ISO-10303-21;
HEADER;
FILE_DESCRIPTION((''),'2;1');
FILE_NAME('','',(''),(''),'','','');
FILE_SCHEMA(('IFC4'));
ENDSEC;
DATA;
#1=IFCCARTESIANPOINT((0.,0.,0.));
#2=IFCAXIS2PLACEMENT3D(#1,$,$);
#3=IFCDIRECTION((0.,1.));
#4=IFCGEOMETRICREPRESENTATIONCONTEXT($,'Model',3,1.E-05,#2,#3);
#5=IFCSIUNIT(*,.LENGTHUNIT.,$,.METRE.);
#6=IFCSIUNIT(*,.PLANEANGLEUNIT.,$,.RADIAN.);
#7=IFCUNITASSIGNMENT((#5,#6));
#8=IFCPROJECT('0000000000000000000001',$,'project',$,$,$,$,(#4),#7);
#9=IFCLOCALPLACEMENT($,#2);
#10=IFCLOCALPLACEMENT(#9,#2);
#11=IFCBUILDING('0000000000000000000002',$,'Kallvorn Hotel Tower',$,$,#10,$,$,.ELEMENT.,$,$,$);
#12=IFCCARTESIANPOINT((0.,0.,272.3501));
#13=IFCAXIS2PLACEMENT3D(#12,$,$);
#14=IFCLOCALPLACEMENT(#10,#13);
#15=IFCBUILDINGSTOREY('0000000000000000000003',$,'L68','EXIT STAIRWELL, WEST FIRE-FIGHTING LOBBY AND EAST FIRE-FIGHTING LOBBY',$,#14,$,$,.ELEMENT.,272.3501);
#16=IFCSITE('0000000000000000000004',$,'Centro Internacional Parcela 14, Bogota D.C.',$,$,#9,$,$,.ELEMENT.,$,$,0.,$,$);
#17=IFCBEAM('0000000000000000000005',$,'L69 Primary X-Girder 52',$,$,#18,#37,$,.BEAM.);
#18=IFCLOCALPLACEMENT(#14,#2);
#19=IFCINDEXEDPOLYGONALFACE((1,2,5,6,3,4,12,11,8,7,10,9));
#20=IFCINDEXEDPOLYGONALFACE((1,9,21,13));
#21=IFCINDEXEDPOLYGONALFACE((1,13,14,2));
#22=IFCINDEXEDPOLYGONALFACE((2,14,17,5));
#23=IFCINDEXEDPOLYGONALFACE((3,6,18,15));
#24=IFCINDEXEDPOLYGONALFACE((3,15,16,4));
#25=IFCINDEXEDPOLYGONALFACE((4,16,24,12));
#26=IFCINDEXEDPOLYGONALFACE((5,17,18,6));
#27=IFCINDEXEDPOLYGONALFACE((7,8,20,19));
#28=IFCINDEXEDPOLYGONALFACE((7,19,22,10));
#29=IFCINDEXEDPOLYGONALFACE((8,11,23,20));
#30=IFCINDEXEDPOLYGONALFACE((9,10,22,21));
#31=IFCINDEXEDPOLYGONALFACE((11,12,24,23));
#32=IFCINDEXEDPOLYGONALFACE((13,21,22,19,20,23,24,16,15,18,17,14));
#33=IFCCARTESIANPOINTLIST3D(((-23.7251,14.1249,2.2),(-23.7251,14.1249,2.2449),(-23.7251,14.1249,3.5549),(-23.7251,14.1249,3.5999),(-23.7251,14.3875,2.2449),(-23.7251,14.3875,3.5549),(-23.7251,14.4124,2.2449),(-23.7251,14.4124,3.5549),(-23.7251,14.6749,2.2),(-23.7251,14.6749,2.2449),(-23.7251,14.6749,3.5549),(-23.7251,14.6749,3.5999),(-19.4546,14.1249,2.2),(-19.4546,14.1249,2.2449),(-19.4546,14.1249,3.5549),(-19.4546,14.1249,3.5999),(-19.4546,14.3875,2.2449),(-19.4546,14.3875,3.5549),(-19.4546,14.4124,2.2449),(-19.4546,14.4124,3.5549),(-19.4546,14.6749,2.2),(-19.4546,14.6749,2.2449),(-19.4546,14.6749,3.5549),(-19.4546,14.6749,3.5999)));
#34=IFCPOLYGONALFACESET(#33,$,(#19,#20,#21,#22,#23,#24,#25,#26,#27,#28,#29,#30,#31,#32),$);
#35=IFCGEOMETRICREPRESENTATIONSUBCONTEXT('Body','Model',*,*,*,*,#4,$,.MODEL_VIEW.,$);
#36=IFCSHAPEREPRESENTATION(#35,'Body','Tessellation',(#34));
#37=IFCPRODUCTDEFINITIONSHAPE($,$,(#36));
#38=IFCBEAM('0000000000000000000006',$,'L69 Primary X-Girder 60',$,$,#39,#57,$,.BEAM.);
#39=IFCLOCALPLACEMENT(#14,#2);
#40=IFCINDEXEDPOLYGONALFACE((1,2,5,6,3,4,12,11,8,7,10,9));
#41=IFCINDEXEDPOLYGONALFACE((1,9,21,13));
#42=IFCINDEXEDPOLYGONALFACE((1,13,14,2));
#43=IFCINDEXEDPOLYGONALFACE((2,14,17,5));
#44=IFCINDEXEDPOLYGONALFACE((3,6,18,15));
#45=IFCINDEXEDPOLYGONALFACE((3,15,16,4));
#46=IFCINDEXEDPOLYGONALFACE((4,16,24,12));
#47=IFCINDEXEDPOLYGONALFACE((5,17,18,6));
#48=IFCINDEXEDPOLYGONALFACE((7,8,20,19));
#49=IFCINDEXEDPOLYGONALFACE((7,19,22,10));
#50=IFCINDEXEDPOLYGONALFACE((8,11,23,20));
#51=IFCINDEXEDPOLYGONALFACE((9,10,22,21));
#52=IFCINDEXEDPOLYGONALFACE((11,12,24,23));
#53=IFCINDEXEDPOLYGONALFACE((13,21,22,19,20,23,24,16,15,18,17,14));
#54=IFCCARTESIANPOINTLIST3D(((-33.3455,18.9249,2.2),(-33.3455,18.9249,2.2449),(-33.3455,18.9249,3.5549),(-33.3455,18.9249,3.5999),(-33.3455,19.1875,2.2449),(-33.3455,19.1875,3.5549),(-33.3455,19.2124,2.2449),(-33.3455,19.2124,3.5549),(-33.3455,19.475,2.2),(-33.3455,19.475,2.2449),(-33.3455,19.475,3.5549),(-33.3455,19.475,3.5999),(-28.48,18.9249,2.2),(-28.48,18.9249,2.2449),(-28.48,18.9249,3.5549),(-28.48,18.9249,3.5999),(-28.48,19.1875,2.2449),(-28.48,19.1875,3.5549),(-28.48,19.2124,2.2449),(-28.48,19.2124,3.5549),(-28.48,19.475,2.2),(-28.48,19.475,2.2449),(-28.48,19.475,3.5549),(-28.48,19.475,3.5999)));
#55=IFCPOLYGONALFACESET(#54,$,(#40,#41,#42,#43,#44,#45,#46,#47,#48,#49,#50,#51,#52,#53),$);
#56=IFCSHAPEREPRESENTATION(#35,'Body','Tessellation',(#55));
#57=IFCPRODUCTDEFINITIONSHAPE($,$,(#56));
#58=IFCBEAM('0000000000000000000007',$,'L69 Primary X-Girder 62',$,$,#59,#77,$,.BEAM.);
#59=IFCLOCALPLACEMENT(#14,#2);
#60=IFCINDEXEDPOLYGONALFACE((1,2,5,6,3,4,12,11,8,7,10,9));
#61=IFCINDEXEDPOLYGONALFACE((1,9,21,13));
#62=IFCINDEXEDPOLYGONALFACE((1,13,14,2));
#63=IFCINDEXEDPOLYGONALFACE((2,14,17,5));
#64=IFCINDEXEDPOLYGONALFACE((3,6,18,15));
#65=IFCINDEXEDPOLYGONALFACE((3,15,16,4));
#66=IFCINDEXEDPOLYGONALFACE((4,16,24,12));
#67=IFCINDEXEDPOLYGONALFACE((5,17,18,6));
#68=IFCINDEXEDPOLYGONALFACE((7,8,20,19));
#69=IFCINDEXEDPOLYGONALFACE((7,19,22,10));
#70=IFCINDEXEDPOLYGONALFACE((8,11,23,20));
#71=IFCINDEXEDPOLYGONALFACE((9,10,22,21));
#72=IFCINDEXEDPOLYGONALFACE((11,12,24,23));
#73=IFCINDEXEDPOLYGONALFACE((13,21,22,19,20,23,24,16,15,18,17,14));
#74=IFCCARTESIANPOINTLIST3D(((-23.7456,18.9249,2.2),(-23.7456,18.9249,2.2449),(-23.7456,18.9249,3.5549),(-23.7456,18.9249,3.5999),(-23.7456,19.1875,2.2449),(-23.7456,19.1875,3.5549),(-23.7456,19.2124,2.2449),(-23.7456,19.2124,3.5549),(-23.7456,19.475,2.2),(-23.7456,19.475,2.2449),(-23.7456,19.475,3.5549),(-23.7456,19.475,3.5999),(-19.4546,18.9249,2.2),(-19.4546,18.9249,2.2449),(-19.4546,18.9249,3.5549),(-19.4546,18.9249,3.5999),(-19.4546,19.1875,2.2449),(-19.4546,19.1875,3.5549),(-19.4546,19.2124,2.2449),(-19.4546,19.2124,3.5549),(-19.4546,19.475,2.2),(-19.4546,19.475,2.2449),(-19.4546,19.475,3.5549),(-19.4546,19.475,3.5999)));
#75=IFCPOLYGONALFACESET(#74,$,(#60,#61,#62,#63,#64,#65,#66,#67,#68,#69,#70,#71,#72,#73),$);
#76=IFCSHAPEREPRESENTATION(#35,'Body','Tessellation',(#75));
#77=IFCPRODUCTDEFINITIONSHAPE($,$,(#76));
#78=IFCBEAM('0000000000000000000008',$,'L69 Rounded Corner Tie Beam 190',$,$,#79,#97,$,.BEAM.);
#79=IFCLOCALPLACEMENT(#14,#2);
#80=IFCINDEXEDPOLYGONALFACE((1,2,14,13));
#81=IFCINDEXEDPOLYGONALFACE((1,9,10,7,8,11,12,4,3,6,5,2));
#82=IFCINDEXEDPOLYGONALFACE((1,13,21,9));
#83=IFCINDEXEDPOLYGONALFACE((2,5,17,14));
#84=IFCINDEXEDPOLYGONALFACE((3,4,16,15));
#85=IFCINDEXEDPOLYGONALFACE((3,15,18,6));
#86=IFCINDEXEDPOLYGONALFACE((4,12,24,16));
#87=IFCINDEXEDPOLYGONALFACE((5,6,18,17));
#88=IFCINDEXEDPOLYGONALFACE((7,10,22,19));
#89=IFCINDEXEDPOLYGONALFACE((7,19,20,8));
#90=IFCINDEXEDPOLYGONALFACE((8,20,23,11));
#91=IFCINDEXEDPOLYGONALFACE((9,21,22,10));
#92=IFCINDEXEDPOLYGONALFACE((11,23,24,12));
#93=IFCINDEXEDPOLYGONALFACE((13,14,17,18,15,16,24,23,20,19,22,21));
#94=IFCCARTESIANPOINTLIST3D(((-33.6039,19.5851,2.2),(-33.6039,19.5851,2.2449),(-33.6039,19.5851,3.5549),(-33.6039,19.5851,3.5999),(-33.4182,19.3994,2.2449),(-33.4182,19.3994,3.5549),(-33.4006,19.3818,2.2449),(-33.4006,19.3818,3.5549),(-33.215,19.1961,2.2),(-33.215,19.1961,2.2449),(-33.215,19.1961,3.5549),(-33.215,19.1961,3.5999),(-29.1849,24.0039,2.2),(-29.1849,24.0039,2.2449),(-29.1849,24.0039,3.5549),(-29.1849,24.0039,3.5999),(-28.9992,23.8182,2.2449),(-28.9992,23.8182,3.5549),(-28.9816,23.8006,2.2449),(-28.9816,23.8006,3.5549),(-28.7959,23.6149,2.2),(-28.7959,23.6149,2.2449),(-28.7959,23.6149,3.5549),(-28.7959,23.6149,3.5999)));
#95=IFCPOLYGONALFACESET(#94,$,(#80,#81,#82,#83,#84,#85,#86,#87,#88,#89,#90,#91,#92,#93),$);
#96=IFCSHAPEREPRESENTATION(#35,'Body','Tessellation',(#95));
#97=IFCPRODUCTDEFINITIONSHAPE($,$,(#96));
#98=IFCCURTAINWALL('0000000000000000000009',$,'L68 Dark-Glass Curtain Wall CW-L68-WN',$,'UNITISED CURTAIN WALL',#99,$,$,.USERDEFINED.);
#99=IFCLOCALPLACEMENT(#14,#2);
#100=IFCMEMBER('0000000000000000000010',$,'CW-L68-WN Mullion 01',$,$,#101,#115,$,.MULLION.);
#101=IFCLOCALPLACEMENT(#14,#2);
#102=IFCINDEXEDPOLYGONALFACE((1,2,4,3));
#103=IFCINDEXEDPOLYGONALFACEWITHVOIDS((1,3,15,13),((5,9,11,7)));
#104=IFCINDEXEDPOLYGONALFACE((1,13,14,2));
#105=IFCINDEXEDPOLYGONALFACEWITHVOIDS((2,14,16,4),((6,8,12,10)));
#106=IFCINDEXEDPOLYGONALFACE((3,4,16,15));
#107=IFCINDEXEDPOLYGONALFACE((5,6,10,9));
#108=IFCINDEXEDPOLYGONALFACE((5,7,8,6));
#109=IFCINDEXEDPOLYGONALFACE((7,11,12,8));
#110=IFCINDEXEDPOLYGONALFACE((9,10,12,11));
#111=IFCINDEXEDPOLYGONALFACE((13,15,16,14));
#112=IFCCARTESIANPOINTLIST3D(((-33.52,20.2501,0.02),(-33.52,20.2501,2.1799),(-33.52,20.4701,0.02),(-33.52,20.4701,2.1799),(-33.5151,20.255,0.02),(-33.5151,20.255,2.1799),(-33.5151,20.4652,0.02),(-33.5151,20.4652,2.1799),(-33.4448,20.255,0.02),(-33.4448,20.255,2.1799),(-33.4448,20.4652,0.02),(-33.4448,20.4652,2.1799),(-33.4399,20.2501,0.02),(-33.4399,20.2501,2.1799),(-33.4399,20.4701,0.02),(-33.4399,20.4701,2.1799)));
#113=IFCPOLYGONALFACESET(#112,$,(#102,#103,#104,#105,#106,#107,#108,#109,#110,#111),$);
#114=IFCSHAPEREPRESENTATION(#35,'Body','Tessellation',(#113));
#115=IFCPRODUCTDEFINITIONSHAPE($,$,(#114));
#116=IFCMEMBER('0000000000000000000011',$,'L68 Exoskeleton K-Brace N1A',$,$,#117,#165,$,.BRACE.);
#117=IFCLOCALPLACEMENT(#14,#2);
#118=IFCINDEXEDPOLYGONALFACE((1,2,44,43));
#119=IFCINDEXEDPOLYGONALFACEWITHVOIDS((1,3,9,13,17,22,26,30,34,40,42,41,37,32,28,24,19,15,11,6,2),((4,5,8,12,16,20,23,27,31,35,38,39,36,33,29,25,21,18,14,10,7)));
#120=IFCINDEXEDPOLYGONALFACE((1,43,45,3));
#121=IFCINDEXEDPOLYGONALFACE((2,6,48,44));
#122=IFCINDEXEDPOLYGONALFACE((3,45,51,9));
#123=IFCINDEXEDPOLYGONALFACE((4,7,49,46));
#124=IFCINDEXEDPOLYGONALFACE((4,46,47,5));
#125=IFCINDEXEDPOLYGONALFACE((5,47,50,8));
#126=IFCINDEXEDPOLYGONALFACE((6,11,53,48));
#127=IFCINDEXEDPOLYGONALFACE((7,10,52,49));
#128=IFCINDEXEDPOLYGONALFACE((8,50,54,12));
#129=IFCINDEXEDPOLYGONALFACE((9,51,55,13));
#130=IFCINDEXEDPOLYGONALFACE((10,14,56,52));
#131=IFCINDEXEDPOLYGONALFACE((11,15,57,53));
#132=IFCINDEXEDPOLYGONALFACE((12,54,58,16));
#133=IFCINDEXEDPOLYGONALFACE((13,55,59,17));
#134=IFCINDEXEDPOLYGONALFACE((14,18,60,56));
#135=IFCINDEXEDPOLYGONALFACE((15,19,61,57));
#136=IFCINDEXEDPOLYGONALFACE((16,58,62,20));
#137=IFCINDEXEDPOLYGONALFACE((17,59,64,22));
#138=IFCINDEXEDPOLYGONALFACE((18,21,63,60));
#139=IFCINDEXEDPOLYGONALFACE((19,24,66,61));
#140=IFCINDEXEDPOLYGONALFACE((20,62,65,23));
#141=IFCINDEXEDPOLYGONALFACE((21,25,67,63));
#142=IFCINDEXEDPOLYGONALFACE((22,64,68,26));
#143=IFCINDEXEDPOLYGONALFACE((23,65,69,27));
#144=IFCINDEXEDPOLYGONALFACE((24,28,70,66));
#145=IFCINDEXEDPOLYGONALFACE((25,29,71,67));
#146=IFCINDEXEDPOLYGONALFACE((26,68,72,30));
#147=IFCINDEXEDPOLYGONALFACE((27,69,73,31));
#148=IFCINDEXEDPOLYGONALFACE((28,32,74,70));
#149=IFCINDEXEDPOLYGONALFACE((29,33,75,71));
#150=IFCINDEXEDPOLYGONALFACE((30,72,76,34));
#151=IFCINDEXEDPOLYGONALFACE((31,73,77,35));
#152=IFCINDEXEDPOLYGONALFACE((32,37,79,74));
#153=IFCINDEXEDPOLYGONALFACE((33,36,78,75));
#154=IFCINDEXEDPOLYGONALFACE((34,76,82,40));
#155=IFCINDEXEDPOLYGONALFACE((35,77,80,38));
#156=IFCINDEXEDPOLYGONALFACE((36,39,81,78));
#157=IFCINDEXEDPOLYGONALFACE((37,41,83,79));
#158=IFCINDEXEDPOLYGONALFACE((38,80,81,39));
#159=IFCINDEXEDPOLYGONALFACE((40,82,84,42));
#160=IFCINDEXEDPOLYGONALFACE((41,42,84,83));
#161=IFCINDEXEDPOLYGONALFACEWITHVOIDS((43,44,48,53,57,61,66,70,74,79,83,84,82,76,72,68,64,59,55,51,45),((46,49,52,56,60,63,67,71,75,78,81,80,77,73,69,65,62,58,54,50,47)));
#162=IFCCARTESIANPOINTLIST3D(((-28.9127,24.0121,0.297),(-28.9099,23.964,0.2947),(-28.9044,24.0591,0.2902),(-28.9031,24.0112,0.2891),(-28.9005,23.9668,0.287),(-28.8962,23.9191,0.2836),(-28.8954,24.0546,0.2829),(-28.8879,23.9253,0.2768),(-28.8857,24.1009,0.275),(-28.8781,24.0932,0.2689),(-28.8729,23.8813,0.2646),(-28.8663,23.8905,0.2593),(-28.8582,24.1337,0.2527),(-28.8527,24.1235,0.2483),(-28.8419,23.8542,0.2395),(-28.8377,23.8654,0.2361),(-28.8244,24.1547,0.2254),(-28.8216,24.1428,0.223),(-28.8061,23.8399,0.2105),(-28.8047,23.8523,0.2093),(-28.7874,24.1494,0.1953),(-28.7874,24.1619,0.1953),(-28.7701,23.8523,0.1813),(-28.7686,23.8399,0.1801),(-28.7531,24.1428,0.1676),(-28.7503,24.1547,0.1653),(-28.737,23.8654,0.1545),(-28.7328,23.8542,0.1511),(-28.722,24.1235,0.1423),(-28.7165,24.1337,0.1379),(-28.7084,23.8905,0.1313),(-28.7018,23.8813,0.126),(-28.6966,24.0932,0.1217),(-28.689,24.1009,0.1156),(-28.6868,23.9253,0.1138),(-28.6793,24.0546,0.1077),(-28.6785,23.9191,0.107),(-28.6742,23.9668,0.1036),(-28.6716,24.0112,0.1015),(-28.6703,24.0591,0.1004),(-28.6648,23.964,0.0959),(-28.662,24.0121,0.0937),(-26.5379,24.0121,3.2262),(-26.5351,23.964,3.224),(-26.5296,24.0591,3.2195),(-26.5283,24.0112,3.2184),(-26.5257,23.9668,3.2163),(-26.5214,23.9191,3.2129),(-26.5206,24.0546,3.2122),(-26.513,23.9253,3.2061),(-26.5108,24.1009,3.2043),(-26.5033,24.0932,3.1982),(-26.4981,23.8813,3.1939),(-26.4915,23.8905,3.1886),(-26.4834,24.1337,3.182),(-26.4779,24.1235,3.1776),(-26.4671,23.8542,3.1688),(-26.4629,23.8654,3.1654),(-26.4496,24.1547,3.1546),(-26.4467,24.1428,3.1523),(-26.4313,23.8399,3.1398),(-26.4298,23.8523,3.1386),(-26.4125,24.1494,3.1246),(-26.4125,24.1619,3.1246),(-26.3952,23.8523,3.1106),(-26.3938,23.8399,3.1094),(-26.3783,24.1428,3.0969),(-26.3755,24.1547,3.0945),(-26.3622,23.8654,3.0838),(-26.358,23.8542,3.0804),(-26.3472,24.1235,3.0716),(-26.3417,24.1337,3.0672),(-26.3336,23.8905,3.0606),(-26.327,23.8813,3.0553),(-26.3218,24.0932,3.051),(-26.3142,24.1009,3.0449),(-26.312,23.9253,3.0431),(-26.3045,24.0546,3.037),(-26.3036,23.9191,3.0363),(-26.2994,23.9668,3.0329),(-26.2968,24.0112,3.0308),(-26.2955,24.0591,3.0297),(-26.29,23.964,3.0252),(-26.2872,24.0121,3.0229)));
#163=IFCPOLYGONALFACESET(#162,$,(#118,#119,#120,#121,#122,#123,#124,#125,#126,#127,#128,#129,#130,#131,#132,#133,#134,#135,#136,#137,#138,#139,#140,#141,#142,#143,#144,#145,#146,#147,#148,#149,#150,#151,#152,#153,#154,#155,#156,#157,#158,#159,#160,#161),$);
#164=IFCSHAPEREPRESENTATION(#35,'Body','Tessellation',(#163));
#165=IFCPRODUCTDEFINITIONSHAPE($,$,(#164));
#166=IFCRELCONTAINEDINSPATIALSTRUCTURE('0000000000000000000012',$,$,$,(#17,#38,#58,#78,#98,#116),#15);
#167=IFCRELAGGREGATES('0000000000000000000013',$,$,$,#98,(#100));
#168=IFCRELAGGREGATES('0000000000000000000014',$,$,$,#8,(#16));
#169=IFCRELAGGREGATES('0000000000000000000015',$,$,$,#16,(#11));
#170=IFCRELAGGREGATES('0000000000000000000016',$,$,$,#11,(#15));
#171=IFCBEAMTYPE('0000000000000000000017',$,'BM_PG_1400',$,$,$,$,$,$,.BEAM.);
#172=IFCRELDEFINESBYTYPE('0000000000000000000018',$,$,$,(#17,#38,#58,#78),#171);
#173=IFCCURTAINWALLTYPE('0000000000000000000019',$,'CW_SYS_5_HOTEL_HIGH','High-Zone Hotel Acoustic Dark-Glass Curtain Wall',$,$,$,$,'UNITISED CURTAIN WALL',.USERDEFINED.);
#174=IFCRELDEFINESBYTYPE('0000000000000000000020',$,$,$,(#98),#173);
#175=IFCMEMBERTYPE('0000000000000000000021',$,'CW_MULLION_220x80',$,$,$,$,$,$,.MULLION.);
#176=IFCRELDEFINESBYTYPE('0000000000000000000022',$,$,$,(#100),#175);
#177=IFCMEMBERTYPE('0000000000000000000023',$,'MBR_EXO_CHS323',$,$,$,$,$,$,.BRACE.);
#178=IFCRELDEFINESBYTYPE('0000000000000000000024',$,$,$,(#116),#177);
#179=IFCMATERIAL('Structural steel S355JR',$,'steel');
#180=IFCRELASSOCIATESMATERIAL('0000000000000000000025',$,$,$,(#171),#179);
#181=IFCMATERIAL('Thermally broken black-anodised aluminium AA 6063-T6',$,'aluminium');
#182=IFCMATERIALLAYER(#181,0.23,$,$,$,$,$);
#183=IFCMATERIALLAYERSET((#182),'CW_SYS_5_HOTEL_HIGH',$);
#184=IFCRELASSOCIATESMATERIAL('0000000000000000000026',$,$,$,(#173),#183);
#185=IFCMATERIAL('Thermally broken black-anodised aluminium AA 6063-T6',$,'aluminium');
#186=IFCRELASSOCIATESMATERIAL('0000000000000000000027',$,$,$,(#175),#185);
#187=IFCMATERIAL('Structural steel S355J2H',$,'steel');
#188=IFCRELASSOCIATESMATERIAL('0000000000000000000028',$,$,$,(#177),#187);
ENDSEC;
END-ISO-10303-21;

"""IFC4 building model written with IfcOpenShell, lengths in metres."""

from ifc_helpers import new_model, si_unit, direction, frame, origin, origin_2d, place, context, subcontext, project, spatial, hollow_rectangle, hollow_circle, i_section, extrude, material, layer, layer_set, material_profile, profile_set, type_object, element, aggregate, save


model = new_model("IFC4")

# Units and contexts
model_context = context("Model", 3, precision=1e-05, world=origin(), true_north=direction((0.0, 1.0)))
body_context = subcontext(model_context, "Body", "Model", "MODEL_VIEW")
ifc_project = project(units=[si_unit("LENGTHUNIT", "METRE"), si_unit("PLANEANGLEUNIT", "RADIAN")], contexts=[model_context])

# Site, building, storey
site_placement = place(None, origin())
site = spatial("IfcSite", under=ifc_project, at=site_placement, Name="Centro Internacional Parcela 14, Bogota D.C.", CompositionType="ELEMENT", RefElevation=0.0)
building_placement = place(site_placement, origin())
building = spatial("IfcBuilding", under=site, at=building_placement, Name="Kallvorn Hotel Tower", CompositionType="ELEMENT")
storey_placement = place(building_placement, frame((0.0, 0.0, 272.3501)))
storey = spatial("IfcBuildingStorey", under=building, at=storey_placement, Name="L68", Description="EXIT STAIRWELL, WEST FIRE-FIGHTING LOBBY AND EAST FIRE-FIGHTING LOBBY", CompositionType="ELEMENT", Elevation=272.3501)

# Beams
ifc_material_1 = material(Name="Structural steel S355JR", Category="steel")
ifc_material_profile_1 = material_profile(ifc_material_1, i_section(OverallWidth=0.55, OverallDepth=1.3999, WebThickness=0.0249, FlangeThickness=0.0449, at=origin_2d()), Name="PG 1400x550x25x45")
ifc_profile_set_1 = profile_set([ifc_material_profile_1], Name="Structural steel S355JR")
beam_type_1 = type_object("IfcBeamType", Name="BM_PG_1400", PredefinedType="BEAM", material=ifc_profile_set_1)
for number, where, z_axis, x_axis, name in (
    (1, (-23.7251, 14.3999, 2.8999), (1.0, 0.0, 0.0), (0.0, 1.0, 0.0), "L69 Primary X-Girder 52"),
):
    element("IfcBeam", number, at=place(storey_placement, frame(where, z_axis=z_axis, x_axis=x_axis)), inside=storey, type_object=beam_type_1, Name=name, PredefinedType="BEAM", context=body_context, shape_type="SweptSolid", body=[
        extrude(i_section(OverallWidth=0.55, OverallDepth=1.3999, WebThickness=0.0249, FlangeThickness=0.0449, at=origin_2d()), origin(), (0.0, 0.0, 1.0), 4.2705),
    ])
beam_1_placement = place(storey_placement, frame((-33.3455, 19.2, 2.8999), z_axis=(1.0, 0.0, 0.0), x_axis=(0.0, 1.0, 0.0)))
element("IfcBeam", 2, at=beam_1_placement, inside=storey, type_object=beam_type_1, Name="L69 Primary X-Girder 60", PredefinedType="BEAM", context=body_context, shape_type="SweptSolid", body=[
    extrude(i_section(OverallWidth=0.55, OverallDepth=1.3999, WebThickness=0.0249, FlangeThickness=0.0449, at=origin_2d()), origin(), (0.0, 0.0, 1.0), 4.8655),
])
beam_2_placement = place(storey_placement, frame((-23.7456, 19.2, 2.8999), z_axis=(1.0, 0.0, 0.0), x_axis=(0.0, 1.0, 0.0)))
element("IfcBeam", 3, at=beam_2_placement, inside=storey, type_object=beam_type_1, Name="L69 Primary X-Girder 62", PredefinedType="BEAM", context=body_context, shape_type="SweptSolid", body=[
    extrude(i_section(OverallWidth=0.55, OverallDepth=1.3999, WebThickness=0.0249, FlangeThickness=0.0449, at=origin_2d()), origin(), (0.0, 0.0, 1.0), 4.291),
])
beam_3_placement = place(storey_placement, frame((-33.4094, 19.3906, 2.8999), z_axis=(0.707126, 0.707087, 0.0), x_axis=(-0.707087, 0.707126, 0.0)))
element("IfcBeam", 4, at=beam_3_placement, inside=storey, type_object=beam_type_1, Name="L69 Rounded Corner Tie Beam 190", PredefinedType="BEAM", context=body_context, shape_type="SweptSolid", body=[
    extrude(i_section(OverallWidth=0.55, OverallDepth=1.3999, WebThickness=0.0249, FlangeThickness=0.0449, at=origin_2d()), origin(), (0.0, 0.0, 1.0), 6.2493),
])

# Curtain wall, member
ifc_material_2 = material(Name="Thermally broken black-anodised aluminium AA 6063-T6", Category="aluminium")
ifc_layer_1 = layer(ifc_material_2, 0.23)
ifc_layer_set_1 = layer_set([ifc_layer_1], Name="CW_SYS_5_HOTEL_HIGH")
curtain_wall_type = type_object("IfcCurtainWallType", Name="CW_SYS_5_HOTEL_HIGH", Description="High-Zone Hotel Acoustic Dark-Glass Curtain Wall", ElementType="UNITISED CURTAIN WALL", PredefinedType="USERDEFINED", material=ifc_layer_set_1)
curtain_wall_placement = place(storey_placement, origin())
curtain_wall = element("IfcCurtainWall", 5, at=curtain_wall_placement, inside=storey, type_object=curtain_wall_type, Name="L68 Dark-Glass Curtain Wall CW-L68-WN", ObjectType="UNITISED CURTAIN WALL", PredefinedType="USERDEFINED")
ifc_material_3 = material(Name="Thermally broken black-anodised aluminium AA 6063-T6", Category="aluminium")
ifc_material_profile_2 = material_profile(ifc_material_3, hollow_rectangle(XDim=0.0801, YDim=0.22, WallThickness=0.0049, at=origin_2d()), Name="MUL 220x80")
ifc_profile_set_2 = profile_set([ifc_material_profile_2], Name="Thermally broken black-anodised aluminium AA 6063-T6")
member_type_1 = type_object("IfcMemberType", Name="CW_MULLION_220x80", PredefinedType="MULLION", material=ifc_profile_set_2)
member_placement = place(storey_placement, frame((-33.48, 20.3601, 0.02), z_axis=(0.0, 0.0, 1.0), x_axis=(1.0, 0.0, 0.0)))
member = element("IfcMember", 6, at=member_placement, type_object=member_type_1, Name="CW-L68-WN Mullion 01", PredefinedType="MULLION", context=body_context, shape_type="SweptSolid", body=[
    extrude(hollow_rectangle(XDim=0.0801, YDim=0.22, WallThickness=0.0049, at=origin_2d()), origin(), (0.0, 0.0, 1.0), 2.1599),
])
aggregate(curtain_wall, [member])

# Member
ifc_material_4 = material(Name="Structural steel S355J2H", Category="steel")
ifc_material_profile_3 = material_profile(ifc_material_4, hollow_circle(Radius=0.1619, WallThickness=0.0125, at=origin_2d()), Name="CHS 323.9x12.5")
ifc_profile_set_3 = profile_set([ifc_material_profile_3], Name="Structural steel S355J2H")
member_type_2 = type_object("IfcMemberType", Name="MBR_EXO_CHS323", PredefinedType="BRACE", material=ifc_profile_set_3)
for number, where, z_axis, x_axis, name in (
    (7, (-28.7874, 24.0, 0.1953), (0.629759, 0.0, 0.776791), (0.0, 1.0, 0.0), "L68 Exoskeleton K-Brace N1A"),
):
    element("IfcMember", number, at=place(storey_placement, frame(where, z_axis=z_axis, x_axis=x_axis)), inside=storey, type_object=member_type_2, Name=name, PredefinedType="BRACE", context=body_context, shape_type="SweptSolid", body=[
        extrude(hollow_circle(Radius=0.1619, WallThickness=0.0125, at=origin_2d()), origin(), (0.0, 0.0, 1.0), 3.771),
    ])

save(model, "model.ifc")
